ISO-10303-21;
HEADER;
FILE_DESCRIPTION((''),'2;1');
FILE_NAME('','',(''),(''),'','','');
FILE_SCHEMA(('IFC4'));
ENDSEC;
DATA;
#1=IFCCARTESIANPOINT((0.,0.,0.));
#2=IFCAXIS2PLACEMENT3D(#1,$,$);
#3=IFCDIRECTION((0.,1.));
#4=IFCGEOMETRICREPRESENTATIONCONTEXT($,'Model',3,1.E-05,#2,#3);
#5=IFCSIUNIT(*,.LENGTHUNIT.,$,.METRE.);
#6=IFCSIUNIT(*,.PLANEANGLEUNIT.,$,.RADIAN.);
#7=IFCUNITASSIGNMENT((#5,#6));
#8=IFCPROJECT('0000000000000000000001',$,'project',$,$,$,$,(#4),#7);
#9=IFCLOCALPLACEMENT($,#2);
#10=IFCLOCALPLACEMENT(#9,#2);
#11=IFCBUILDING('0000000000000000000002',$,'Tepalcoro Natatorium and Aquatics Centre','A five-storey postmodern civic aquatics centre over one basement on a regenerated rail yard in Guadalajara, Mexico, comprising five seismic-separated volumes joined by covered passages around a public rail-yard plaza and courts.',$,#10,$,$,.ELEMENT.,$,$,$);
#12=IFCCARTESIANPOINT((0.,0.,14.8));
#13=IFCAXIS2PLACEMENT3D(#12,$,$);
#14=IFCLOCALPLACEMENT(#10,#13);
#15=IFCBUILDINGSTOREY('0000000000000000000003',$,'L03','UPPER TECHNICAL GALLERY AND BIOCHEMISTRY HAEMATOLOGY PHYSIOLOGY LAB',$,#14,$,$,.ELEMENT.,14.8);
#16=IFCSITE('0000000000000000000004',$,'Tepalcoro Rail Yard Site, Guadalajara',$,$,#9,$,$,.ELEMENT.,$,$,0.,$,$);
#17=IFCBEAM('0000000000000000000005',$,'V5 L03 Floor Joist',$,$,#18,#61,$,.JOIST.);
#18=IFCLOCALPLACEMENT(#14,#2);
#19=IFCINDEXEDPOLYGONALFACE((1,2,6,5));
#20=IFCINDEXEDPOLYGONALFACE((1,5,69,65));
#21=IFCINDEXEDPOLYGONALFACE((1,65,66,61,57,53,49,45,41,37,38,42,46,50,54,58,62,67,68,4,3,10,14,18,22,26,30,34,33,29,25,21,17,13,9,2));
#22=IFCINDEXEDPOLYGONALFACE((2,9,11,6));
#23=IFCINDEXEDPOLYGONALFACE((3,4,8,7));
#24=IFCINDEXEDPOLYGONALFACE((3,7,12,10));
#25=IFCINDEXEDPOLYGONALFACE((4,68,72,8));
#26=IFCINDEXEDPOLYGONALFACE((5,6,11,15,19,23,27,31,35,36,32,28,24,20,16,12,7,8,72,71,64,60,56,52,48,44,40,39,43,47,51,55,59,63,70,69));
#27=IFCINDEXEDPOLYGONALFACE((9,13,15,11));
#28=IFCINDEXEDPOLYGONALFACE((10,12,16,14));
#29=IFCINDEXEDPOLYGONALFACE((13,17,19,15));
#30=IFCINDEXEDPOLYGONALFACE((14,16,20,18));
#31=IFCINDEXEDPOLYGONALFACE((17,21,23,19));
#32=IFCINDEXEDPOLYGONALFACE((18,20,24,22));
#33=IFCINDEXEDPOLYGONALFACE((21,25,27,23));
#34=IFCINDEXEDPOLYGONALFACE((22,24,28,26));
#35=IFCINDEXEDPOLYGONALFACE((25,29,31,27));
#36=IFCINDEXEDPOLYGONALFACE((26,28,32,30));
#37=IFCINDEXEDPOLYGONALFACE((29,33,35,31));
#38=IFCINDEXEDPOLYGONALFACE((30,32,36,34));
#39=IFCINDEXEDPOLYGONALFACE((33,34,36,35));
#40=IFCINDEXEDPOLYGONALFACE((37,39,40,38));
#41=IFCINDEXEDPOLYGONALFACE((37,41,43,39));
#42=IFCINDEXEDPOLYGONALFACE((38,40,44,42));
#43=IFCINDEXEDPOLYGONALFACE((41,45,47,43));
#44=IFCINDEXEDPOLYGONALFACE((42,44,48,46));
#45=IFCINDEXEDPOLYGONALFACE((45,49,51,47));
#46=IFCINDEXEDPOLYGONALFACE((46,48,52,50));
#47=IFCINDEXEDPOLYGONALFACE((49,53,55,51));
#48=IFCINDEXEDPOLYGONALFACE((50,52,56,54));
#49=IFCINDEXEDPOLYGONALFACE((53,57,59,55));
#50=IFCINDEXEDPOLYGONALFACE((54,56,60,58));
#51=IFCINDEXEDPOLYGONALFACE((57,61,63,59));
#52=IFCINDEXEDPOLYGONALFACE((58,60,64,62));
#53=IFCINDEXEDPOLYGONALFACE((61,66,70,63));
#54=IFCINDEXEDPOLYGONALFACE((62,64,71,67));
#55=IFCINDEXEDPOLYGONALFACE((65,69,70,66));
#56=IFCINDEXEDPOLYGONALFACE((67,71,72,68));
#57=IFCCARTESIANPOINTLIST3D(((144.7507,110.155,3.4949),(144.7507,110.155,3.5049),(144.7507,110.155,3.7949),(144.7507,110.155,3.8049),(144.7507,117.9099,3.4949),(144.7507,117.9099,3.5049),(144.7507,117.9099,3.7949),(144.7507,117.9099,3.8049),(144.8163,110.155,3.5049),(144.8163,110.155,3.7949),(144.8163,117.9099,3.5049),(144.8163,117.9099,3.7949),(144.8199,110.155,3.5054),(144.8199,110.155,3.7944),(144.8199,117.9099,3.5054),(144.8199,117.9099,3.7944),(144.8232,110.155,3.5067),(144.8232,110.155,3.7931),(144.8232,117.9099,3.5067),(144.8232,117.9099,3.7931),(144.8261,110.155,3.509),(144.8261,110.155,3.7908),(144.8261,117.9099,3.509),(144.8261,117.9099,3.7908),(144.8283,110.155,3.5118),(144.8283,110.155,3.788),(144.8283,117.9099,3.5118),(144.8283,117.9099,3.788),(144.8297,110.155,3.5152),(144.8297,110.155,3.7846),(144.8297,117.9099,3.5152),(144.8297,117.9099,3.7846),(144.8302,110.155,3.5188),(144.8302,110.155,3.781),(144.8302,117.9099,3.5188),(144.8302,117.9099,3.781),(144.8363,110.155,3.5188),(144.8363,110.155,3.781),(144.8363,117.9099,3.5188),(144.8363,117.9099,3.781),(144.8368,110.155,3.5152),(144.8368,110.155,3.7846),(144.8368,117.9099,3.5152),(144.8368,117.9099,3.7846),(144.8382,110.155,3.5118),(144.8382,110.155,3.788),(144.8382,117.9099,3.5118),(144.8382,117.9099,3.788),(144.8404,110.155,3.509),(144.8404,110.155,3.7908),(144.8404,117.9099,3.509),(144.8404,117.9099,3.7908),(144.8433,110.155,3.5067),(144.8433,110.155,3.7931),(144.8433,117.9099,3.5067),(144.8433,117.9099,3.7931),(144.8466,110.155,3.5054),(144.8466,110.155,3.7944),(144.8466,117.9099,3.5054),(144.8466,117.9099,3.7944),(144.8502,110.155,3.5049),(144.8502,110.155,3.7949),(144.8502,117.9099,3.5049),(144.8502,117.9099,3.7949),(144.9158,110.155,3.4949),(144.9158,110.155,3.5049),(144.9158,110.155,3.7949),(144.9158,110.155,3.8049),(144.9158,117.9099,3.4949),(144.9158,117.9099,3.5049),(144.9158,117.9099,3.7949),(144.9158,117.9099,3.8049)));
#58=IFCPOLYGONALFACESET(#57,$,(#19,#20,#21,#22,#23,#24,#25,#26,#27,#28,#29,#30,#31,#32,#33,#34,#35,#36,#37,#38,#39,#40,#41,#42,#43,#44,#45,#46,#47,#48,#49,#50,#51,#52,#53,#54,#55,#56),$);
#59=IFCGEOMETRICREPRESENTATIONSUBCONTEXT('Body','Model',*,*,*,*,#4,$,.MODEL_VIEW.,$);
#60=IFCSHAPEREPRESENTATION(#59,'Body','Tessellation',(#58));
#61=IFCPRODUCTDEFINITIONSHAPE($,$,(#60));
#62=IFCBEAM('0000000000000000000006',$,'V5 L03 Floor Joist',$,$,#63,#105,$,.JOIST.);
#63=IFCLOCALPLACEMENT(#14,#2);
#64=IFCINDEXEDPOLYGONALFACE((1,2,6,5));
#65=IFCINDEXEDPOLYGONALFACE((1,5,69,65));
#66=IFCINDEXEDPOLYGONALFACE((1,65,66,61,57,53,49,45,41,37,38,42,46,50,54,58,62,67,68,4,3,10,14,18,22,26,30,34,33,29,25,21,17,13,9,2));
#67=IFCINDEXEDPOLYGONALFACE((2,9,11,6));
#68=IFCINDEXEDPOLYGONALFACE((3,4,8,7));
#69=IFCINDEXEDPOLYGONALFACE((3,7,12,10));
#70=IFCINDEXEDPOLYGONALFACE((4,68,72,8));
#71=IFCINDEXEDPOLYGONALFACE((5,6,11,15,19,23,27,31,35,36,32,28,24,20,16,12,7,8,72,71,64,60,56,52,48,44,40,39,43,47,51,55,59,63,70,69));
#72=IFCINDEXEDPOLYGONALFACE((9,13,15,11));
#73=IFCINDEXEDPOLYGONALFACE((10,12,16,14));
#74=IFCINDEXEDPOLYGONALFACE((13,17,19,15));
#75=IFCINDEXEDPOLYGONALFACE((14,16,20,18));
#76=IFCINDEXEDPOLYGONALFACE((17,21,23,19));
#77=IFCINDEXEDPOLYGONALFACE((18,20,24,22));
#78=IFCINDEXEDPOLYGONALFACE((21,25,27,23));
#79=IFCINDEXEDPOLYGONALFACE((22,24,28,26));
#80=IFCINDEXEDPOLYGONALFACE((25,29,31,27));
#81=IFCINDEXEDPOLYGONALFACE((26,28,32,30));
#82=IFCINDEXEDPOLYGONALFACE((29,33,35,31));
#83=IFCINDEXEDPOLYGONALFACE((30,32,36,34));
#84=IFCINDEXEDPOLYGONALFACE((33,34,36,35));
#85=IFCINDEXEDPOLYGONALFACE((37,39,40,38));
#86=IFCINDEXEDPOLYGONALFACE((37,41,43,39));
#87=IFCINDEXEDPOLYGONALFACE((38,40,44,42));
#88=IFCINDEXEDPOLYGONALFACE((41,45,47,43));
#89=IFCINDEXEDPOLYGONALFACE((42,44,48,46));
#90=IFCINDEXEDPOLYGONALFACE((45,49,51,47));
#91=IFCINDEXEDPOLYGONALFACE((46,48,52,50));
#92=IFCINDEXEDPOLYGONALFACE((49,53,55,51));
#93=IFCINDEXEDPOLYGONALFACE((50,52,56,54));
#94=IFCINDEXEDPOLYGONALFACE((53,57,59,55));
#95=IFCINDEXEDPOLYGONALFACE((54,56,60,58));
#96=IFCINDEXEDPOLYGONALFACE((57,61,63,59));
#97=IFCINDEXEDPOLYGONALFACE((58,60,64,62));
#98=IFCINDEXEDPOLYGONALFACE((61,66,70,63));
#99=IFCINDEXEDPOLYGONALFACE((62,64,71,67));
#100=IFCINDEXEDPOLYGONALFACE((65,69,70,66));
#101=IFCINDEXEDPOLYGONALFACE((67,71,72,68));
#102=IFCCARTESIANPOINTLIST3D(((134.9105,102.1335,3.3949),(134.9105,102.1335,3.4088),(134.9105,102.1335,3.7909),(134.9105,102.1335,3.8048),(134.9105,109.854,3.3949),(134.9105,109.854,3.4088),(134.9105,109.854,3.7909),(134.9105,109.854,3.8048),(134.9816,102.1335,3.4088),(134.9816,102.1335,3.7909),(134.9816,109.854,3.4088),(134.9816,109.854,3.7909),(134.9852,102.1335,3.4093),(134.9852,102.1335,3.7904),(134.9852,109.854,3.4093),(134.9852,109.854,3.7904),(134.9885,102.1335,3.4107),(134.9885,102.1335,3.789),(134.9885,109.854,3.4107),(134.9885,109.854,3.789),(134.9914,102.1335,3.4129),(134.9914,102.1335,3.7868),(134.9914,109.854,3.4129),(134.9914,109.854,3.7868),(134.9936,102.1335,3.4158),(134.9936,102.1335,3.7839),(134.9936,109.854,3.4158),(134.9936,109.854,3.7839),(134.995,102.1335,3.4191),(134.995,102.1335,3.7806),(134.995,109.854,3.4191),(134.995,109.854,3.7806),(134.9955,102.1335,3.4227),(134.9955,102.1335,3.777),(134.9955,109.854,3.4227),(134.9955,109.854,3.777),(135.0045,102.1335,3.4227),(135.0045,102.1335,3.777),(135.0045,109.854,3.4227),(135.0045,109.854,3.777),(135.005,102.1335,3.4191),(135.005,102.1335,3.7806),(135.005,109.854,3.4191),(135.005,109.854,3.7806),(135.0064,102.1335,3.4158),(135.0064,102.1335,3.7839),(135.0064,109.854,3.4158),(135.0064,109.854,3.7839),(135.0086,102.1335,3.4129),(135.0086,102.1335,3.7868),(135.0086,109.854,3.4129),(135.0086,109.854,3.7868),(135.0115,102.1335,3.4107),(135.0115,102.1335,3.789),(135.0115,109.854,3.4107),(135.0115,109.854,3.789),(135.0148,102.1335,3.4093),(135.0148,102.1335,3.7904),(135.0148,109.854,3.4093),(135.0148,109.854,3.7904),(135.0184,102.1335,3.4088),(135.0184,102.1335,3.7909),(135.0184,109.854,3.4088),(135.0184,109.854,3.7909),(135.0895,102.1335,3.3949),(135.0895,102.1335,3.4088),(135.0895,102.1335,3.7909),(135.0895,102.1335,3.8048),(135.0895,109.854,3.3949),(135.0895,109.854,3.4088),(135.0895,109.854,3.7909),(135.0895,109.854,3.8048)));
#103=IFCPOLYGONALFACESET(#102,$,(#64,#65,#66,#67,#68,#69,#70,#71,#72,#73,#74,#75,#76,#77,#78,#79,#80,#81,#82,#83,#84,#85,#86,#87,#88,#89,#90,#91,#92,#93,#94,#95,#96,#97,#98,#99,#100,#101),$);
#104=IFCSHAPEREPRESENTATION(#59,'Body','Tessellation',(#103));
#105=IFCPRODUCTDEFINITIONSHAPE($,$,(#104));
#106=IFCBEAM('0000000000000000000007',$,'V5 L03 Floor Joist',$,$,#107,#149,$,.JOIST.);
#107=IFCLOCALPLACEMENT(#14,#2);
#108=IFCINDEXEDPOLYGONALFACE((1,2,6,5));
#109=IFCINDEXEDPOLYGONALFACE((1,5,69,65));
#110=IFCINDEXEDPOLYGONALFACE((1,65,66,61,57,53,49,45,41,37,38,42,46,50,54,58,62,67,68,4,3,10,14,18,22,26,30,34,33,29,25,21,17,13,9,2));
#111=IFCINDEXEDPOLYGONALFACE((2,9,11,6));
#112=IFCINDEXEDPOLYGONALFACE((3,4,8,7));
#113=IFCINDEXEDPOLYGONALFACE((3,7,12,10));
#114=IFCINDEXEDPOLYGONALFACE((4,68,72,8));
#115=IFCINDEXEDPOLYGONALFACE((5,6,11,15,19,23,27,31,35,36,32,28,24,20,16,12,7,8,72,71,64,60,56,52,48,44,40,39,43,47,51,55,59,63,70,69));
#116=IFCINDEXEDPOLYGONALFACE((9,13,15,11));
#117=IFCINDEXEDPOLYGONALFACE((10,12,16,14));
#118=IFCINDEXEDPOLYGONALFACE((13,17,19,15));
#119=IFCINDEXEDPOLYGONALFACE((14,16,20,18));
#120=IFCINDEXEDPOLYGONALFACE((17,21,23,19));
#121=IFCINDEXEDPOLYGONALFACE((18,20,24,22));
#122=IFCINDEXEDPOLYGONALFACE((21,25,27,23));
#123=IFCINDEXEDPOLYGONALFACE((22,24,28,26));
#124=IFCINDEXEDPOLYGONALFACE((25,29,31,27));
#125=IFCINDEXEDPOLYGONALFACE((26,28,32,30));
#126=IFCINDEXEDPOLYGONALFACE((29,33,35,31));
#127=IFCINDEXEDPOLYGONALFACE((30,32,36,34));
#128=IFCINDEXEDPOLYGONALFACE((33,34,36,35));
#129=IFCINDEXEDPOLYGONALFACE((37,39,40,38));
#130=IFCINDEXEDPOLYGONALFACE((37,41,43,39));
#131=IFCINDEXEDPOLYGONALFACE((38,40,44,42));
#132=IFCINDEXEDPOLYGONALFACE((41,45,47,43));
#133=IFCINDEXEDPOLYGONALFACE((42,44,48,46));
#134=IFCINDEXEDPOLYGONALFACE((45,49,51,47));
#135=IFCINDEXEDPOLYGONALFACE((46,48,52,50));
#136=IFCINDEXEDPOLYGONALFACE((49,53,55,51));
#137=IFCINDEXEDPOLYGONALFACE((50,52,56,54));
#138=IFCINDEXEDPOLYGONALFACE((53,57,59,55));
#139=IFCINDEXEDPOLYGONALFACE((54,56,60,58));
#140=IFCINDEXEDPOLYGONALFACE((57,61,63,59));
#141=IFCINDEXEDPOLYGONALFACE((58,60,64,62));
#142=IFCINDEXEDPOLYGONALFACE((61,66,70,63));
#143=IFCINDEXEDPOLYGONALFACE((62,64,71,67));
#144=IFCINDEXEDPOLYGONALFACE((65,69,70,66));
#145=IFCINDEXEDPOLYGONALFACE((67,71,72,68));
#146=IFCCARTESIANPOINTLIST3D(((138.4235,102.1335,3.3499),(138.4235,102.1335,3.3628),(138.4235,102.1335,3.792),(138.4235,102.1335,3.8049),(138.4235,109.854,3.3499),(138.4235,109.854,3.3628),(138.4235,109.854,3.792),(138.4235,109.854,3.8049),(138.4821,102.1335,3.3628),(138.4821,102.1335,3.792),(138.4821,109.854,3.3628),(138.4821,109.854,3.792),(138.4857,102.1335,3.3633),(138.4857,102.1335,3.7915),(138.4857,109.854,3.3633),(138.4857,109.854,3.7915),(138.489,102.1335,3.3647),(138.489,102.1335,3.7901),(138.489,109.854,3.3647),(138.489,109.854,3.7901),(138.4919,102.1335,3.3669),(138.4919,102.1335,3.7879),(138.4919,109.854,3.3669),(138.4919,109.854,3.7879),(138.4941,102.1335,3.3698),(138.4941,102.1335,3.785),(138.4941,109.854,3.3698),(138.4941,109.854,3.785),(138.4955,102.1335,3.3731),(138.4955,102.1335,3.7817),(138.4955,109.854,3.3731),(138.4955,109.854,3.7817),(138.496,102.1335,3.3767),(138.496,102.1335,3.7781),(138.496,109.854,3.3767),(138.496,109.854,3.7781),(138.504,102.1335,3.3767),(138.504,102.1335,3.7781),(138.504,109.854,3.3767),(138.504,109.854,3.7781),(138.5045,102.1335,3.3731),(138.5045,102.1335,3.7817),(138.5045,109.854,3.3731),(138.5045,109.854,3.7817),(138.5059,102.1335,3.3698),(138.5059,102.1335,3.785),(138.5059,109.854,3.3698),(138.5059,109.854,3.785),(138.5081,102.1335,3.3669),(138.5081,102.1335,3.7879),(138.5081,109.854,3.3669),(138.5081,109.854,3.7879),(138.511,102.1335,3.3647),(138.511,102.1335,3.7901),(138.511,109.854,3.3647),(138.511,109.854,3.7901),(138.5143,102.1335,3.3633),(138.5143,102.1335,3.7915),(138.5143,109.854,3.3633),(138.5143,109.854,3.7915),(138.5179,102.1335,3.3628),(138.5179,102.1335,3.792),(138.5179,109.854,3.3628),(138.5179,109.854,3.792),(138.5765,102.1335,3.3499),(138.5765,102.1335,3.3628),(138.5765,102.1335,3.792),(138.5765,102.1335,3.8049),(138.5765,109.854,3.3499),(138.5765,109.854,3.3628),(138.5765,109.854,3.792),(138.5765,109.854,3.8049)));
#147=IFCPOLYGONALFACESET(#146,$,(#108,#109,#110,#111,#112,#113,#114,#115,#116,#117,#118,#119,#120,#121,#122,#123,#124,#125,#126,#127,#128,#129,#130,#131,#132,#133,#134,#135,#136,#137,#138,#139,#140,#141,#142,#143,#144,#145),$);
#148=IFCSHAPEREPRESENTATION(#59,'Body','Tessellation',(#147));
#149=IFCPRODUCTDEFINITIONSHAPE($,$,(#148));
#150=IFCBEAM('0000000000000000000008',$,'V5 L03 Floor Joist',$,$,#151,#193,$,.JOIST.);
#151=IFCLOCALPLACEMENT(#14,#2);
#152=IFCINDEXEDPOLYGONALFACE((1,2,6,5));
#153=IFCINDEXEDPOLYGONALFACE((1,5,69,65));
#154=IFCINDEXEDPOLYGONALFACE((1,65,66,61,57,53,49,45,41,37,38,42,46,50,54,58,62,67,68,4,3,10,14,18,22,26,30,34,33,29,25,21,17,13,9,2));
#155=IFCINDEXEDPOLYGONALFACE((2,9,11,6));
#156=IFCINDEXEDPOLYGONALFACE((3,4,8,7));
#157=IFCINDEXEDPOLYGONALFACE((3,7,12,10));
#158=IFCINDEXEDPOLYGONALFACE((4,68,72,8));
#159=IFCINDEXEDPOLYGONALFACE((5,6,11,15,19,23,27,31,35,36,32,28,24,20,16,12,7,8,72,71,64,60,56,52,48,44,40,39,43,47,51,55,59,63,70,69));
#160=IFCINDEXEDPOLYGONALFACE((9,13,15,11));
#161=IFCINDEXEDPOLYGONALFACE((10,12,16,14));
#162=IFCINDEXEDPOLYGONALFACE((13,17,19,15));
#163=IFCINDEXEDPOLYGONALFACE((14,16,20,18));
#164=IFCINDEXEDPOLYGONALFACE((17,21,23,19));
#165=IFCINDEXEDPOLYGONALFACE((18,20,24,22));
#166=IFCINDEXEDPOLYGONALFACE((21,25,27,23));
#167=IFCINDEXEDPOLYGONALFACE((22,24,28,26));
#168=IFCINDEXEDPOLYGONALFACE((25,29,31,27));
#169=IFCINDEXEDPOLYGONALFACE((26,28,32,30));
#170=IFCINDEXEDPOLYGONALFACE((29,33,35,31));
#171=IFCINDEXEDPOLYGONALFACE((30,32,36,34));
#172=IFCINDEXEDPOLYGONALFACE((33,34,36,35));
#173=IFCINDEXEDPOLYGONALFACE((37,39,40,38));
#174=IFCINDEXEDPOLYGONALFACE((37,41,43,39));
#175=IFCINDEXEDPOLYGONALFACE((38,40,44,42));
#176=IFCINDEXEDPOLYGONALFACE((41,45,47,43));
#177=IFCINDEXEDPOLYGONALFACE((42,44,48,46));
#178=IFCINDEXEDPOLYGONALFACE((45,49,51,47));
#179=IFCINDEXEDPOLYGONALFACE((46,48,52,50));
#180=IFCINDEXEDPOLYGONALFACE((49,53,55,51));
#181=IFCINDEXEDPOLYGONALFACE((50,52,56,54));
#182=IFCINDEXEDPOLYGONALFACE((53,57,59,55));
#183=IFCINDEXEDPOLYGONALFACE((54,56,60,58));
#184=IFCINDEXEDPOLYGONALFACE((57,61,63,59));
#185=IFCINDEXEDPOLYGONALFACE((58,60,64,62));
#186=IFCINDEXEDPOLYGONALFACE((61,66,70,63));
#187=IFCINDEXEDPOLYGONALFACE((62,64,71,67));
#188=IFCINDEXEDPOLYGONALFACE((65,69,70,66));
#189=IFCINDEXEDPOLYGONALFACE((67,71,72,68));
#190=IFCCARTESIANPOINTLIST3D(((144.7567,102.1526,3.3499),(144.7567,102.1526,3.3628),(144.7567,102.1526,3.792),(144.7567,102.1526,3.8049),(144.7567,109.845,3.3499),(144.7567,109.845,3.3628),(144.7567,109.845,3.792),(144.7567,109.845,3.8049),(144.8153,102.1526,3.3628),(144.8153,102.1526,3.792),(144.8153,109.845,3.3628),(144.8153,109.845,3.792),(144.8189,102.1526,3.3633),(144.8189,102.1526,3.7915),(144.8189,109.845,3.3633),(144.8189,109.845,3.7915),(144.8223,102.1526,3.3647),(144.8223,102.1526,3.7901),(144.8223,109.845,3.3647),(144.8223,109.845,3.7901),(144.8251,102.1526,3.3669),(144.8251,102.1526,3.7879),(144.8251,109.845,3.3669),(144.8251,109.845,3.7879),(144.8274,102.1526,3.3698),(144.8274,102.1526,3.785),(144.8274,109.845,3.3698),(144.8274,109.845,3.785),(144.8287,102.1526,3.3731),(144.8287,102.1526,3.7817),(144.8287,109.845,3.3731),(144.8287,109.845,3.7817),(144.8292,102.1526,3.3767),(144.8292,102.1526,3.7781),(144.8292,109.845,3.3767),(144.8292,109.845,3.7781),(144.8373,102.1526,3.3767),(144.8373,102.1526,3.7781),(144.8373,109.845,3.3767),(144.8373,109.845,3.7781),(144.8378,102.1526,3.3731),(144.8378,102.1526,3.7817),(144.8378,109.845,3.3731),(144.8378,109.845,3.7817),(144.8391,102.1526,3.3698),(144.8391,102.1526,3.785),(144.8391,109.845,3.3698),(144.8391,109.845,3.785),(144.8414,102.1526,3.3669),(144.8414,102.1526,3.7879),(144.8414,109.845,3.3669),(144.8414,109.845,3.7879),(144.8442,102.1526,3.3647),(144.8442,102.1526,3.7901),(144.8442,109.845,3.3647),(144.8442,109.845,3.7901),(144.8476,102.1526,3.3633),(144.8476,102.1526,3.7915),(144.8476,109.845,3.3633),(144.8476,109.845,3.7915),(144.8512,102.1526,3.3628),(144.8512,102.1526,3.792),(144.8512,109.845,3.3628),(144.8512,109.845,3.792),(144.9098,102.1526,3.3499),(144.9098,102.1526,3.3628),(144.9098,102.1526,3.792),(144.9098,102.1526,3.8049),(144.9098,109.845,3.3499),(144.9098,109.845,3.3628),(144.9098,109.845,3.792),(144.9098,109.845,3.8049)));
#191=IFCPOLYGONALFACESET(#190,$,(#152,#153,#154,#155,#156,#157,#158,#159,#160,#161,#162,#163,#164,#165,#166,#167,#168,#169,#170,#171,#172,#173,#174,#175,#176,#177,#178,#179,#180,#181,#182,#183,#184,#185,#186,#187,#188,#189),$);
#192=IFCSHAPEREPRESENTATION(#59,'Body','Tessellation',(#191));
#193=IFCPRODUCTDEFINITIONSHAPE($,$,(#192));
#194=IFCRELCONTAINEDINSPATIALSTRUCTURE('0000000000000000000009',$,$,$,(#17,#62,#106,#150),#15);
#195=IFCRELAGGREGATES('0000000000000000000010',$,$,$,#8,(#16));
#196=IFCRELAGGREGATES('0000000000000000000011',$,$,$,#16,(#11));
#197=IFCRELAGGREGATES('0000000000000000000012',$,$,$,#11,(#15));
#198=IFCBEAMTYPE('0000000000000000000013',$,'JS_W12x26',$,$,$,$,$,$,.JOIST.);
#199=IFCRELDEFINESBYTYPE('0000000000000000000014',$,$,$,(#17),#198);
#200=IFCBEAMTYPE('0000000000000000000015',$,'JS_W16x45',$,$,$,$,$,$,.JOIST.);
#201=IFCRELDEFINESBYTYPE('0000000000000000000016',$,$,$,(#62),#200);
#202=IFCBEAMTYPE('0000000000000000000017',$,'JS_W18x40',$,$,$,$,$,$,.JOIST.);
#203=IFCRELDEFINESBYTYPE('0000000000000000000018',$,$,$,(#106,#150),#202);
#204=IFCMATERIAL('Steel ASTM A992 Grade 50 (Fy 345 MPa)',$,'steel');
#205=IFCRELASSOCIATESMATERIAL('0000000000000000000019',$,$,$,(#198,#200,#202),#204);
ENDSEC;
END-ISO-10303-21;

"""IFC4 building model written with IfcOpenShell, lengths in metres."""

from ifc_helpers import new_model, si_unit, direction, frame, origin, origin_2d, place, context, subcontext, project, spatial, i_section, extrude, material, material_profile, profile_set, type_object, element, save


model = new_model("IFC4")

# Units and contexts
model_context = context("Model", 3, precision=1e-05, world=origin(), true_north=direction((0.0, 1.0)))
body_context = subcontext(model_context, "Body", "Model", "MODEL_VIEW")
ifc_project = project(units=[si_unit("LENGTHUNIT", "METRE"), si_unit("PLANEANGLEUNIT", "RADIAN")], contexts=[model_context])

# Site, building, storey
site_placement = place(None, origin())
site = spatial("IfcSite", under=ifc_project, at=site_placement, Name="Tepalcoro Rail Yard Site, Guadalajara", CompositionType="ELEMENT", RefElevation=0.0)
building_placement = place(site_placement, origin())
building = spatial("IfcBuilding", under=site, at=building_placement, Name="Tepalcoro Natatorium and Aquatics Centre", Description="A five-storey postmodern civic aquatics centre over one basement on a regenerated rail yard in Guadalajara, Mexico, comprising five seismic-separated volumes joined by covered passages around a public rail-yard plaza and courts.", CompositionType="ELEMENT")
storey_placement = place(building_placement, frame((0.0, 0.0, 14.8)))
storey = spatial("IfcBuildingStorey", under=building, at=storey_placement, Name="L03", Description="UPPER TECHNICAL GALLERY AND BIOCHEMISTRY HAEMATOLOGY PHYSIOLOGY LAB", CompositionType="ELEMENT", Elevation=14.8)

# Beams
ifc_material_1 = material(Name="Steel ASTM A992 Grade 50 (Fy 345 MPa)", Category="steel")
ifc_material_profile_1 = material_profile(ifc_material_1, i_section(OverallWidth=0.165, OverallDepth=0.3101, WebThickness=0.0061, FlangeThickness=0.01, FilletRadius=0.0139, at=origin_2d()), Name="W12X26")
ifc_profile_set_1 = profile_set([ifc_material_profile_1], Name="Steel ASTM A992 Grade 50 (Fy 345 MPa)")
beam_type_1 = type_object("IfcBeamType", Name="JS_W12x26", PredefinedType="JOIST", material=ifc_profile_set_1)
beam_1_placement = place(storey_placement, frame((144.8333, 110.155, 3.6499), z_axis=(0.0, 1.0, 0.0), x_axis=(-1.0, 0.0, 0.0)))
element("IfcBeam", 1, at=beam_1_placement, inside=storey, type_object=beam_type_1, Name="V5 L03 Floor Joist", PredefinedType="JOIST", context=body_context, shape_type="SweptSolid", body=[
    extrude(i_section(OverallWidth=0.165, OverallDepth=0.3101, WebThickness=0.0061, FlangeThickness=0.01, FilletRadius=0.0139, at=origin_2d()), origin(), (0.0, 0.0, 1.0), 7.7549),
])
ifc_material_profile_2 = material_profile(ifc_material_1, i_section(OverallWidth=0.179, OverallDepth=0.4099, WebThickness=0.009, FlangeThickness=0.0139, FilletRadius=0.0139, at=origin_2d()), Name="W16X45")
ifc_profile_set_2 = profile_set([ifc_material_profile_2], Name="Steel ASTM A992 Grade 50 (Fy 345 MPa)")
beam_type_2 = type_object("IfcBeamType", Name="JS_W16x45", PredefinedType="JOIST", material=ifc_profile_set_2)
beam_2_placement = place(storey_placement, frame((135.0, 102.1335, 3.5999), z_axis=(0.0, 1.0, 0.0), x_axis=(-1.0, 0.0, 0.0)))
element("IfcBeam", 2, at=beam_2_placement, inside=storey, type_object=beam_type_2, Name="V5 L03 Floor Joist", PredefinedType="JOIST", context=body_context, shape_type="SweptSolid", body=[
    extrude(i_section(OverallWidth=0.179, OverallDepth=0.4099, WebThickness=0.009, FlangeThickness=0.0139, FilletRadius=0.0139, at=origin_2d()), origin(), (0.0, 0.0, 1.0), 7.7205),
])
ifc_material_profile_3 = material_profile(ifc_material_1, i_section(OverallWidth=0.1531, OverallDepth=0.4551, WebThickness=0.0081, FlangeThickness=0.0129, FilletRadius=0.0139, at=origin_2d()), Name="W18X40")
ifc_profile_set_3 = profile_set([ifc_material_profile_3], Name="Steel ASTM A992 Grade 50 (Fy 345 MPa)")
beam_type_3 = type_object("IfcBeamType", Name="JS_W18x40", PredefinedType="JOIST", material=ifc_profile_set_3)
beam_3_placement = place(storey_placement, frame((138.5, 102.1335, 3.5774), z_axis=(0.0, 1.0, 0.0), x_axis=(-1.0, 0.0, 0.0)))
element("IfcBeam", 3, at=beam_3_placement, inside=storey, type_object=beam_type_3, Name="V5 L03 Floor Joist", PredefinedType="JOIST", context=body_context, shape_type="SweptSolid", body=[
    extrude(i_section(OverallWidth=0.1531, OverallDepth=0.4551, WebThickness=0.0081, FlangeThickness=0.0129, FilletRadius=0.0139, at=origin_2d()), origin(), (0.0, 0.0, 1.0), 7.7205),
])
beam_4_placement = place(storey_placement, frame((144.8333, 102.1526, 3.5774), z_axis=(0.0, 1.0, 0.0), x_axis=(-1.0, 0.0, 0.0)))
element("IfcBeam", 4, at=beam_4_placement, inside=storey, type_object=beam_type_3, Name="V5 L03 Floor Joist", PredefinedType="JOIST", context=body_context, shape_type="SweptSolid", body=[
    extrude(i_section(OverallWidth=0.1531, OverallDepth=0.4551, WebThickness=0.0081, FlangeThickness=0.0129, FilletRadius=0.0139, at=origin_2d()), origin(), (0.0, 0.0, 1.0), 7.6924),
])

save(model, "model.ifc")
